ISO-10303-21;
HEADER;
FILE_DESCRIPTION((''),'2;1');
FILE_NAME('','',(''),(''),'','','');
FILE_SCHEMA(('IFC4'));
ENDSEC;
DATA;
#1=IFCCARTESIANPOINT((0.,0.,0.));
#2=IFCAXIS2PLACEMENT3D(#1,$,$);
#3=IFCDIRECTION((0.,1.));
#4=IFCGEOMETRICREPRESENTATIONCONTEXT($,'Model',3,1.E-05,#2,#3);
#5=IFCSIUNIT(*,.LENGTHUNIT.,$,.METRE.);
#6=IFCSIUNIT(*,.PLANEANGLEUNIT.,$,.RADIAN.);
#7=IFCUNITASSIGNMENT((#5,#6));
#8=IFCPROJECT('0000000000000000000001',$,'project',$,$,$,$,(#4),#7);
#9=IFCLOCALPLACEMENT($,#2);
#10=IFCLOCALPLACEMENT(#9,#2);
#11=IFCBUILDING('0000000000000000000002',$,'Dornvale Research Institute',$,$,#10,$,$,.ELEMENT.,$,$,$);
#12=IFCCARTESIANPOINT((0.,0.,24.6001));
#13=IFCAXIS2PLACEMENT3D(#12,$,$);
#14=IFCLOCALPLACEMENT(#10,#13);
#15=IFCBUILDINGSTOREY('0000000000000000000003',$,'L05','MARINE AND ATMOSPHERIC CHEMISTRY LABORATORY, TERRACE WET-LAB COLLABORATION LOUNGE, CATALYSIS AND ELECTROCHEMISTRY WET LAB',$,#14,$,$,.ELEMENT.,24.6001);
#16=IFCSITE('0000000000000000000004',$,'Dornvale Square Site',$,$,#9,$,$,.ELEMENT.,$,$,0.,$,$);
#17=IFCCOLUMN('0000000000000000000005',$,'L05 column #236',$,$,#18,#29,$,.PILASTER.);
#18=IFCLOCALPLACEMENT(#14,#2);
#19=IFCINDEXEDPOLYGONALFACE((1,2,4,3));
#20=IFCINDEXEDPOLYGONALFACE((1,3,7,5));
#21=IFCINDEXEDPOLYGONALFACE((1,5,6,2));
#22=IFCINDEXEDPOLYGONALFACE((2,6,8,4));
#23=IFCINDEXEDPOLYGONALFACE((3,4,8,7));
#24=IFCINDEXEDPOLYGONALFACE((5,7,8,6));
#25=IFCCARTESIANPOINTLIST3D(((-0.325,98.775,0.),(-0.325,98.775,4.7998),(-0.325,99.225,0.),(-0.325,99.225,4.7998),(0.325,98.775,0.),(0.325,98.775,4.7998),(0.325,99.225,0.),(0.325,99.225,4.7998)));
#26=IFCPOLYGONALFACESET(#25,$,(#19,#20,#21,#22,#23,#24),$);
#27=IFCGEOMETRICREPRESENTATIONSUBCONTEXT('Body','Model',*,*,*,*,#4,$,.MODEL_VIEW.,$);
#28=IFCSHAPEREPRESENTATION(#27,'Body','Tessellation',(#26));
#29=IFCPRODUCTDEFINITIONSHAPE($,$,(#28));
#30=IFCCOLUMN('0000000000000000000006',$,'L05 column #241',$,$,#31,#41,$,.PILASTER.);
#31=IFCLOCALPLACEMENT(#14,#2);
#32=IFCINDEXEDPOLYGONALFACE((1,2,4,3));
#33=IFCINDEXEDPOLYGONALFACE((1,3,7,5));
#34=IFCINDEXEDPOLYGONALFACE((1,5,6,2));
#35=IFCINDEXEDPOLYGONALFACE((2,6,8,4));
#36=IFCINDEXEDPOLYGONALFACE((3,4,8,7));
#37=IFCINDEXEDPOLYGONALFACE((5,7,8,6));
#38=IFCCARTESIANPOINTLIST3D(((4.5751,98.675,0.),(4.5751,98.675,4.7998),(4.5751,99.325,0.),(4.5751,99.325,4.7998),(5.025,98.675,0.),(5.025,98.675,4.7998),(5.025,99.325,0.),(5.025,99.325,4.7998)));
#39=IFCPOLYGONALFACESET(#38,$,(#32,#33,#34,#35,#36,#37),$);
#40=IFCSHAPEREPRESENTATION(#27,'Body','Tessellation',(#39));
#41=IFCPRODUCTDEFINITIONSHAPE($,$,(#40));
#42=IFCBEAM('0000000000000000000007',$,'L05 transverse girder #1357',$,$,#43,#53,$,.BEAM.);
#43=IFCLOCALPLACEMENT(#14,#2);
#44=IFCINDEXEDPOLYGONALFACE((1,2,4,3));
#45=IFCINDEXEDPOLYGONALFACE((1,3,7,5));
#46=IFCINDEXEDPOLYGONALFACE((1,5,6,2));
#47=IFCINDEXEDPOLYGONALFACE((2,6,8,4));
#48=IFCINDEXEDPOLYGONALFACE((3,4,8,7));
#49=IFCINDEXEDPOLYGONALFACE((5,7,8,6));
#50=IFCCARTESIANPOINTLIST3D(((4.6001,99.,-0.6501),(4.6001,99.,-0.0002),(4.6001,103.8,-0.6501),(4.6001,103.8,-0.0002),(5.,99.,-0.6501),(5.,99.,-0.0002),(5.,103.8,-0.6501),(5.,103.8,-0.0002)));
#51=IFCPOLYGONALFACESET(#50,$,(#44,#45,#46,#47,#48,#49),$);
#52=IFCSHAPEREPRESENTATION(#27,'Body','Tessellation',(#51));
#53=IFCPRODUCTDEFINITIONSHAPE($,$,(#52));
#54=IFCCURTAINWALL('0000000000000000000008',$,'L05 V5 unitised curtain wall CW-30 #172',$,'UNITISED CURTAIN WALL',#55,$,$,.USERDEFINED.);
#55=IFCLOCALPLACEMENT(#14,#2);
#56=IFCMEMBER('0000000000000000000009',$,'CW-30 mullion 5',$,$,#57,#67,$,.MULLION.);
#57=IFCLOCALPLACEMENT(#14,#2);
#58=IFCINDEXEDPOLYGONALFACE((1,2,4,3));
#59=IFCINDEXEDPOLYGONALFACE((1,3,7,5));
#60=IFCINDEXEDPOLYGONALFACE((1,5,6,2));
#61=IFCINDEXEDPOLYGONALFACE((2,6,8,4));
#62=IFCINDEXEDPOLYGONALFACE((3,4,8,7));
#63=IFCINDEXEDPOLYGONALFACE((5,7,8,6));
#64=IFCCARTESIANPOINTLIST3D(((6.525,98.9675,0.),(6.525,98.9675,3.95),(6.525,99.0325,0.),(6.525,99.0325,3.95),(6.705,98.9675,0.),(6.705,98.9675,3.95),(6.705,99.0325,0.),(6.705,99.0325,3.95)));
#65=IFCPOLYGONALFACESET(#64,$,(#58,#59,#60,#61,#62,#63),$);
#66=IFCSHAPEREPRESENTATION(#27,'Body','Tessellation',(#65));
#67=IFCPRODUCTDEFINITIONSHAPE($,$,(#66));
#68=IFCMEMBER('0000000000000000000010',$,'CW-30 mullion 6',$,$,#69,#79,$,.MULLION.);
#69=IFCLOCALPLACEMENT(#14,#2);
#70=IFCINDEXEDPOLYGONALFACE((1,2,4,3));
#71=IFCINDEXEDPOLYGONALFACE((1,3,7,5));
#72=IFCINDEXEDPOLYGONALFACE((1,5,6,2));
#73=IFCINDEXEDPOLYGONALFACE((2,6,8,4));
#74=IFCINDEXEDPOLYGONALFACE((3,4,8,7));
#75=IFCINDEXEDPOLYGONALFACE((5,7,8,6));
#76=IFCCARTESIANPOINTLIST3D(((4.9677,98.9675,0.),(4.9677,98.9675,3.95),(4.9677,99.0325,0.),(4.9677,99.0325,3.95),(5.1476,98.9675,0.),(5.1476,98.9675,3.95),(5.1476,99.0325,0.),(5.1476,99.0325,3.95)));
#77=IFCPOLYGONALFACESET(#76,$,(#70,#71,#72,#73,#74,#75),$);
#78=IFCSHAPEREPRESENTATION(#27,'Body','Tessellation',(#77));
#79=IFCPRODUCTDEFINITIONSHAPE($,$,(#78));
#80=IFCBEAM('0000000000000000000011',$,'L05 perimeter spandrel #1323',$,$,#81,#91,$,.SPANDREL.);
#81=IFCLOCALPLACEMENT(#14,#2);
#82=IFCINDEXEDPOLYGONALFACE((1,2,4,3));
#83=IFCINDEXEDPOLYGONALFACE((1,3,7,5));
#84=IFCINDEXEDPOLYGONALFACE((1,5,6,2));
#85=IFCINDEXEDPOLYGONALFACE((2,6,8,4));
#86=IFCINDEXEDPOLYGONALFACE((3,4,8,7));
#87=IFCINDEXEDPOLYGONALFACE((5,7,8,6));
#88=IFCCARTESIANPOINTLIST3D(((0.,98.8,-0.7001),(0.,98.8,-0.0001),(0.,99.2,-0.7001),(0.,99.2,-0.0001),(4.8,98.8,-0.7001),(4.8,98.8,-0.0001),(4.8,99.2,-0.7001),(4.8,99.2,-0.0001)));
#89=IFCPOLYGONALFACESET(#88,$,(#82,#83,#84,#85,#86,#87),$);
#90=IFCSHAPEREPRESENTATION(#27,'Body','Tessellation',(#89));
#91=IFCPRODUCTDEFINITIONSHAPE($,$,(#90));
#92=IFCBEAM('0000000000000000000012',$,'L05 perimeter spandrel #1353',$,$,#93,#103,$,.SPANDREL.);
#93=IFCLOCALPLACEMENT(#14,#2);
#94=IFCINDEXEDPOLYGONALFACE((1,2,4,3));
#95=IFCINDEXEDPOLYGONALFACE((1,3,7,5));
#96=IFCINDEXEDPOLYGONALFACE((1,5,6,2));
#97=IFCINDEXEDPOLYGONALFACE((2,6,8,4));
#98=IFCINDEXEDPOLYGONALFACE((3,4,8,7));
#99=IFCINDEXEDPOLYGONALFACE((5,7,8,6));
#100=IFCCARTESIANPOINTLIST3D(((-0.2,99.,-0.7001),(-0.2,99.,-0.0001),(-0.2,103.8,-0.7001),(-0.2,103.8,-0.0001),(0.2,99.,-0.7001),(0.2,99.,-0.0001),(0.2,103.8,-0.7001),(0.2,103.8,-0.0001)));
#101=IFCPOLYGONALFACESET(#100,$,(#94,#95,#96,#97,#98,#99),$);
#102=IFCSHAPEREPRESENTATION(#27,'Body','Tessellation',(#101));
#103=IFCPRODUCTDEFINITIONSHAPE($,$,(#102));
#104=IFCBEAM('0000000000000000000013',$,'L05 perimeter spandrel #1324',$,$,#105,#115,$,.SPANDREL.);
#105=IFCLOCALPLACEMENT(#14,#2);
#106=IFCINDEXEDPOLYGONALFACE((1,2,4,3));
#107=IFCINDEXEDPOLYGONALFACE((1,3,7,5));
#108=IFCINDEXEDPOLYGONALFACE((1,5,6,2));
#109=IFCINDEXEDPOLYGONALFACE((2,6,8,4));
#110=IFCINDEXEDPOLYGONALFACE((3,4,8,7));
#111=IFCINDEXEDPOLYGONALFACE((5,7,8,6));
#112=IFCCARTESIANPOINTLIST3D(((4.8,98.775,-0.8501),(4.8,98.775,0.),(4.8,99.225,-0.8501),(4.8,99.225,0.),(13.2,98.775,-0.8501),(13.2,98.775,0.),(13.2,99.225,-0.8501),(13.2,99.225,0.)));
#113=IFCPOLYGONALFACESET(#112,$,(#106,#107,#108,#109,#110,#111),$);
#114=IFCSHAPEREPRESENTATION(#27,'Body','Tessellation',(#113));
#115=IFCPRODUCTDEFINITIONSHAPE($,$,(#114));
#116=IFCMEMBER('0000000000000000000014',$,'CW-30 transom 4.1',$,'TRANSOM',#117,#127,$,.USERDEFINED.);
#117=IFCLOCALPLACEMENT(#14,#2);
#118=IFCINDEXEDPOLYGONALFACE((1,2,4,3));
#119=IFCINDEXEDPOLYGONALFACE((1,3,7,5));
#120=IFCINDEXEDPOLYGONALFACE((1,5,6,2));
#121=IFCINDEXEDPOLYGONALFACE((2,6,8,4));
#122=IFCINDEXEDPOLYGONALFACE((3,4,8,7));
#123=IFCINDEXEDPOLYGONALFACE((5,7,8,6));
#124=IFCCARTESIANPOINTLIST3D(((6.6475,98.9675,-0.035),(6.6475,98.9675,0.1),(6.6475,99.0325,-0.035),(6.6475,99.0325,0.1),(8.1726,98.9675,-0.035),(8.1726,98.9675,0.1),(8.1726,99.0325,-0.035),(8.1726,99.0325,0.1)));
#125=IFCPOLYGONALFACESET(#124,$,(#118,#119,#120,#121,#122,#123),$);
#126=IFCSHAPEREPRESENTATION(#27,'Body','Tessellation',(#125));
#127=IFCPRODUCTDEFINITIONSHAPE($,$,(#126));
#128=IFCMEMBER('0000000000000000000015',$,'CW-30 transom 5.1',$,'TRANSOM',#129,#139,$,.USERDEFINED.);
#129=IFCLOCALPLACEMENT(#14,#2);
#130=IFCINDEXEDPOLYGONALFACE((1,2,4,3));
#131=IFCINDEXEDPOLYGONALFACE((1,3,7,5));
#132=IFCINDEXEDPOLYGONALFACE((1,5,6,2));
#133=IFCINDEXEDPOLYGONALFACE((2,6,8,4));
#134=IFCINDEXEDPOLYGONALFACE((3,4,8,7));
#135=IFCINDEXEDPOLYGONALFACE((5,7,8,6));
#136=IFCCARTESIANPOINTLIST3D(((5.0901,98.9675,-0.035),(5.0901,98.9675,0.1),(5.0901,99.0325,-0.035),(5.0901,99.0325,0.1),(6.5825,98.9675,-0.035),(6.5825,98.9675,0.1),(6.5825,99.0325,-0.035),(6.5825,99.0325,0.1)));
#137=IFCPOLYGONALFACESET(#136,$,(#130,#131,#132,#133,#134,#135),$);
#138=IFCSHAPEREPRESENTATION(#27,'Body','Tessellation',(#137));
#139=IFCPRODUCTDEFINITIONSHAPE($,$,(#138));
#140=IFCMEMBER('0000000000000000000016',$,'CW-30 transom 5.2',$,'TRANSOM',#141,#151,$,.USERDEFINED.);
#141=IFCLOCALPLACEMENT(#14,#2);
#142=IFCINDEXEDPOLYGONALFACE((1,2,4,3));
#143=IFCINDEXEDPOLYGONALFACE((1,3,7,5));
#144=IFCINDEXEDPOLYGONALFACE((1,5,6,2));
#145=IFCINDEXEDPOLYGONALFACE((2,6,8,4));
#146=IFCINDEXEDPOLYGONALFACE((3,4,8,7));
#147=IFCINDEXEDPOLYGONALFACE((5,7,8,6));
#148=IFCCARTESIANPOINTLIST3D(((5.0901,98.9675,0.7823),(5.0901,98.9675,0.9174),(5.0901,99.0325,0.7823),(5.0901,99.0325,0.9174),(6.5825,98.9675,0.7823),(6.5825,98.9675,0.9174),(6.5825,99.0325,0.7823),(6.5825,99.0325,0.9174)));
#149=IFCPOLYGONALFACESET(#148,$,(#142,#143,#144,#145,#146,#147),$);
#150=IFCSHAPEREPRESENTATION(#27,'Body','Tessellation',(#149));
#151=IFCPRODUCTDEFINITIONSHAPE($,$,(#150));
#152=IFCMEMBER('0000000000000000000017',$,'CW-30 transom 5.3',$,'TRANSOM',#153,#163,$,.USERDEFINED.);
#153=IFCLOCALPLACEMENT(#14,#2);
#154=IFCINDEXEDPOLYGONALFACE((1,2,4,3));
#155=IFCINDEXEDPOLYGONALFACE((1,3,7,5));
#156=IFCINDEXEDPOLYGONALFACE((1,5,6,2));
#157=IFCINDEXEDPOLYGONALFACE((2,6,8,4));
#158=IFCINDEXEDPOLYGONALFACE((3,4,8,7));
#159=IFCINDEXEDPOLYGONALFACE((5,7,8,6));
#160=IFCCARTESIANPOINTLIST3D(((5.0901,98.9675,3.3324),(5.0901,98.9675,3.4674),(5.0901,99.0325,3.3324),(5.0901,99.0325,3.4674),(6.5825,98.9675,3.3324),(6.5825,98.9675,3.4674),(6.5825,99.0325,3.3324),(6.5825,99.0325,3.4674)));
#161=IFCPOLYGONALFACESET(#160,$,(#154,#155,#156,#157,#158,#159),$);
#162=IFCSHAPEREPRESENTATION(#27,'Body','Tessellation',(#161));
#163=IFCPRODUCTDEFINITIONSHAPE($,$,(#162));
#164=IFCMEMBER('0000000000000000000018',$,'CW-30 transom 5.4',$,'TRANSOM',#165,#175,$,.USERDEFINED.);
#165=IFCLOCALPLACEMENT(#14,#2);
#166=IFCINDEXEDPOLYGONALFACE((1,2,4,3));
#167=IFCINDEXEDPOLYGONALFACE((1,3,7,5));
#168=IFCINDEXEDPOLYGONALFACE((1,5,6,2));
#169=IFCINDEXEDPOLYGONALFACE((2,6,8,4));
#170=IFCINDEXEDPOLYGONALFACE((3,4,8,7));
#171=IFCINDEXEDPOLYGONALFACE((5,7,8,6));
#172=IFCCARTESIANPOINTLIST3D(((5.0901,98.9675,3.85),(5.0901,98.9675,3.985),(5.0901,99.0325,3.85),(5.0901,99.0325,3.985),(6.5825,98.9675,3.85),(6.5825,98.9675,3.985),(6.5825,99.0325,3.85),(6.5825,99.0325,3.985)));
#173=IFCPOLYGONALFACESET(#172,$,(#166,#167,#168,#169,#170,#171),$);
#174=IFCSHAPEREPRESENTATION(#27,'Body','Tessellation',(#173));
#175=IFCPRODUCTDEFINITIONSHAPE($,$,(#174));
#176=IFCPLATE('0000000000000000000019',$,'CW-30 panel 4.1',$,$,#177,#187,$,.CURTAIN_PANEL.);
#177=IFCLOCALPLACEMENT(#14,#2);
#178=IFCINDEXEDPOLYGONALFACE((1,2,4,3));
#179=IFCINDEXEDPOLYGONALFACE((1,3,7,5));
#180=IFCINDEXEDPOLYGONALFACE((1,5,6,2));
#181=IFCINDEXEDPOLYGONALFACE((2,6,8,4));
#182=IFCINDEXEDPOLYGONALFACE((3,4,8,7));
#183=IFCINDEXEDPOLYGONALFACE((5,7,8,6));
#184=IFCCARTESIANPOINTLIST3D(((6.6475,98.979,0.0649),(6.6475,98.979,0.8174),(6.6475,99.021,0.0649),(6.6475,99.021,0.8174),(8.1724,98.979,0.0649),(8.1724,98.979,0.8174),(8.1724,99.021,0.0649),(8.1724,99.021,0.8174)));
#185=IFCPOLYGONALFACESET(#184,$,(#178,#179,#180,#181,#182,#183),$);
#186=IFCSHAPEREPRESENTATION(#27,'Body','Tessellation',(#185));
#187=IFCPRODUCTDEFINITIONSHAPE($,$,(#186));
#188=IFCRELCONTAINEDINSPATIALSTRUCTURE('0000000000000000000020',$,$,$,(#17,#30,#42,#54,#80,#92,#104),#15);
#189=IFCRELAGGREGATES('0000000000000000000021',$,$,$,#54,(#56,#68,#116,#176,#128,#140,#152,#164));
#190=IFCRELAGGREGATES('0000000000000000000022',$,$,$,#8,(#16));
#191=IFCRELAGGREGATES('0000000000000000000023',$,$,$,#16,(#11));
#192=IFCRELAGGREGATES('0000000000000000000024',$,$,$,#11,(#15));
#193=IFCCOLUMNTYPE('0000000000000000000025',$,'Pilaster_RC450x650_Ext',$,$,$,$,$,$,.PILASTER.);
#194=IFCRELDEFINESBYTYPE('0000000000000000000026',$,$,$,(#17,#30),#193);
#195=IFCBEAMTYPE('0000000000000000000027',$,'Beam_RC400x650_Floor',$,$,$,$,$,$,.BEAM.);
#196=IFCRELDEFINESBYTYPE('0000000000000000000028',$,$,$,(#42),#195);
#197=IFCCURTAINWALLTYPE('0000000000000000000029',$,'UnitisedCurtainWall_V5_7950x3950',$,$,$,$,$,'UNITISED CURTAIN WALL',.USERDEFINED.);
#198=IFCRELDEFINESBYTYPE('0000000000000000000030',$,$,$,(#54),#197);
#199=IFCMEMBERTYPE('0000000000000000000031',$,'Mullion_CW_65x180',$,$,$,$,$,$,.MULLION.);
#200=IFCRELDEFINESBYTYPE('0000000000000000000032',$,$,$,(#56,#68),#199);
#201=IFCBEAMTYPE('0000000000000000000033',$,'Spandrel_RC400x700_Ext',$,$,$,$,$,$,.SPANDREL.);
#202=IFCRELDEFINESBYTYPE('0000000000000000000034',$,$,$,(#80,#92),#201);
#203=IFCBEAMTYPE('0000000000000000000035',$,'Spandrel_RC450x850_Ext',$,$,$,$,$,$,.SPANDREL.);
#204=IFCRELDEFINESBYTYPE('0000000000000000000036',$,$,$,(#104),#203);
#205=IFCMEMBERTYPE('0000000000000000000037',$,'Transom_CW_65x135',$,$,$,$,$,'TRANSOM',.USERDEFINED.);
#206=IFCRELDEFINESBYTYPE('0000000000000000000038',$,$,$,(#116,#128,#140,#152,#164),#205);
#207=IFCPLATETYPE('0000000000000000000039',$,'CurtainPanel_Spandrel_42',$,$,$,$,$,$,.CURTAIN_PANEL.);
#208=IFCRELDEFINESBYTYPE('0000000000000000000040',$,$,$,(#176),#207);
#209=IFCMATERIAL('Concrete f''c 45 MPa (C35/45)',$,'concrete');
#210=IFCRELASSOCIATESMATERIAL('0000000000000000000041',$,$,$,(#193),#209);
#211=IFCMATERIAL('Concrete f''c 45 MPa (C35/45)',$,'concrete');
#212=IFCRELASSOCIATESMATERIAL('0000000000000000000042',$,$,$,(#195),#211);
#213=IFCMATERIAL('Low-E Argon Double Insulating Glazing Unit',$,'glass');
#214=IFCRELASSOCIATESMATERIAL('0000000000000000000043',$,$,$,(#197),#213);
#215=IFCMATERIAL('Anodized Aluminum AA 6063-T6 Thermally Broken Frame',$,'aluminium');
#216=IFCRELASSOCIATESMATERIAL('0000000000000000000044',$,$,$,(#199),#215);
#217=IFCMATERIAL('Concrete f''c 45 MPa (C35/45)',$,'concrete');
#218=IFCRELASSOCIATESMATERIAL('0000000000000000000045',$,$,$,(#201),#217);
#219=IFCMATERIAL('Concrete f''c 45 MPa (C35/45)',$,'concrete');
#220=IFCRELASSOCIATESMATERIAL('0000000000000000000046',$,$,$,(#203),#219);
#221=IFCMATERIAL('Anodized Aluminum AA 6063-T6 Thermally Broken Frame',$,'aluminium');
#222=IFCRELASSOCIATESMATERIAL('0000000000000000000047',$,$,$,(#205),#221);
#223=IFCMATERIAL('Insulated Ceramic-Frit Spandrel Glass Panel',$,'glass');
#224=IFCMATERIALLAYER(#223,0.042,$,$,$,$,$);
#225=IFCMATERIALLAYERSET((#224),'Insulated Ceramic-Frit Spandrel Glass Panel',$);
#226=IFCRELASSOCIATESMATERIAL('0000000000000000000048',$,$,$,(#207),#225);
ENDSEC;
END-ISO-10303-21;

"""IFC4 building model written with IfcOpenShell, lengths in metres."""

from ifc_helpers import new_model, si_unit, direction, frame, origin, origin_2d, place, context, subcontext, project, spatial, rectangle, extrude, material, layer, layer_set, material_profile, profile_set, type_object, element, aggregate, save


model = new_model("IFC4")

# Units and contexts
model_context = context("Model", 3, precision=1e-05, world=origin(), true_north=direction((0.0, 1.0)))
body_context = subcontext(model_context, "Body", "Model", "MODEL_VIEW")
ifc_project = project(units=[si_unit("LENGTHUNIT", "METRE"), si_unit("PLANEANGLEUNIT", "RADIAN")], contexts=[model_context])

# Site, building, storey
site_placement = place(None, origin())
site = spatial("IfcSite", under=ifc_project, at=site_placement, Name="Dornvale Square Site", CompositionType="ELEMENT", RefElevation=0.0)
building_placement = place(site_placement, origin())
building = spatial("IfcBuilding", under=site, at=building_placement, Name="Dornvale Research Institute", CompositionType="ELEMENT")
storey_placement = place(building_placement, frame((0.0, 0.0, 24.6001)))
storey = spatial("IfcBuildingStorey", under=building, at=storey_placement, Name="L05", Description="MARINE AND ATMOSPHERIC CHEMISTRY LABORATORY, TERRACE WET-LAB COLLABORATION LOUNGE, CATALYSIS AND ELECTROCHEMISTRY WET LAB", CompositionType="ELEMENT", Elevation=24.6001)

# Columns
ifc_material_1 = material(Name="Concrete f'c 45 MPa (C35/45)", Category="concrete")
ifc_material_profile_1 = material_profile(ifc_material_1, rectangle(XDim=0.45, YDim=0.6499, at=origin_2d()), Name="RC 450x650")
ifc_profile_set_1 = profile_set([ifc_material_profile_1], Name="Concrete f'c 45 MPa (C35/45)")
column_type = type_object("IfcColumnType", Name="Pilaster_RC450x650_Ext", PredefinedType="PILASTER", material=ifc_profile_set_1)
for number, where, z_axis, x_axis, name in (
    (1, (0.0, 99.0, 0.0), (0.0, 0.0, 1.0), (0.0, 1.0, 0.0), "L05 column #236"),
    (2, (4.8, 99.0, 0.0), (0.0, 0.0, 1.0), (1.0, 0.0, 0.0), "L05 column #241"),
):
    element("IfcColumn", number, at=place(storey_placement, frame(where, z_axis=z_axis, x_axis=x_axis)), inside=storey, type_object=column_type, Name=name, PredefinedType="PILASTER", context=body_context, shape_type="SweptSolid", body=[
        extrude(rectangle(XDim=0.45, YDim=0.6499, at=origin_2d()), origin(), (0.0, 0.0, 1.0), 4.7998),
    ])

# Beam
ifc_material_2 = material(Name="Concrete f'c 45 MPa (C35/45)", Category="concrete")
ifc_material_profile_2 = material_profile(ifc_material_2, rectangle(XDim=0.3999, YDim=0.6499, at=origin_2d()), Name="RC 400x650")
ifc_profile_set_2 = profile_set([ifc_material_profile_2], Name="Concrete f'c 45 MPa (C35/45)")
beam_type_1 = type_object("IfcBeamType", Name="Beam_RC400x650_Floor", PredefinedType="BEAM", material=ifc_profile_set_2)
beam_1_placement = place(storey_placement, frame((4.8, 99.0, -0.3252), z_axis=(0.0, 1.0, 0.0), x_axis=(-1.0, 0.0, 0.0)))
element("IfcBeam", 3, at=beam_1_placement, inside=storey, type_object=beam_type_1, Name="L05 transverse girder #1357", PredefinedType="BEAM", context=body_context, shape_type="SweptSolid", body=[
    extrude(rectangle(XDim=0.3999, YDim=0.6499, at=origin_2d()), origin(), (0.0, 0.0, 1.0), 4.8),
])

# Curtain wall, members
ifc_material_3 = material(Name="Low-E Argon Double Insulating Glazing Unit", Category="glass")
curtain_wall_type = type_object("IfcCurtainWallType", Name="UnitisedCurtainWall_V5_7950x3950", ElementType="UNITISED CURTAIN WALL", PredefinedType="USERDEFINED", material=ifc_material_3)
curtain_wall_placement = place(storey_placement, origin())
curtain_wall = element("IfcCurtainWall", 4, at=curtain_wall_placement, inside=storey, type_object=curtain_wall_type, Name="L05 V5 unitised curtain wall CW-30 #172", ObjectType="UNITISED CURTAIN WALL", PredefinedType="USERDEFINED")
ifc_material_4 = material(Name="Anodized Aluminum AA 6063-T6 Thermally Broken Frame", Category="aluminium")
ifc_material_profile_3 = material_profile(ifc_material_4, rectangle(XDim=0.0649, YDim=0.1799, at=origin_2d()), Name="ALU MULLION 65x180")
ifc_profile_set_3 = profile_set([ifc_material_profile_3], Name="Anodized Aluminum AA 6063-T6 Thermally Broken Frame")
member_type_1 = type_object("IfcMemberType", Name="Mullion_CW_65x180", PredefinedType="MULLION", material=ifc_profile_set_3)
member_1_placement = place(storey_placement, frame((6.615, 99.0, 0.0), z_axis=(0.0, 0.0, 1.0), x_axis=(0.0, -1.0, 0.0)))
member_1 = element("IfcMember", 5, at=member_1_placement, type_object=member_type_1, Name="CW-30 mullion 5", PredefinedType="MULLION", context=body_context, shape_type="SweptSolid", body=[
    extrude(rectangle(XDim=0.0649, YDim=0.1799, at=origin_2d()), origin(), (0.0, 0.0, 1.0), 3.95),
])
member_2_placement = place(storey_placement, frame((5.0576, 99.0, 0.0), z_axis=(0.0, 0.0, 1.0), x_axis=(0.0, -1.0, 0.0)))
member_2 = element("IfcMember", 6, at=member_2_placement, type_object=member_type_1, Name="CW-30 mullion 6", PredefinedType="MULLION", context=body_context, shape_type="SweptSolid", body=[
    extrude(rectangle(XDim=0.0649, YDim=0.1799, at=origin_2d()), origin(), (0.0, 0.0, 1.0), 3.95),
])

# Beams
ifc_material_5 = material(Name="Concrete f'c 45 MPa (C35/45)", Category="concrete")
ifc_material_profile_4 = material_profile(ifc_material_5, rectangle(XDim=0.3999, YDim=0.7, at=origin_2d()), Name="RC 400x700")
ifc_profile_set_4 = profile_set([ifc_material_profile_4], Name="Concrete f'c 45 MPa (C35/45)")
beam_type_2 = type_object("IfcBeamType", Name="Spandrel_RC400x700_Ext", PredefinedType="SPANDREL", material=ifc_profile_set_4)
for number, where, z_axis, x_axis, name in (
    (7, (0.0, 99.0, -0.3501), (1.0, 0.0, 0.0), (0.0, 1.0, 0.0), "L05 perimeter spandrel #1323"),
    (8, (0.0, 99.0, -0.3501), (0.0, 1.0, 0.0), (-1.0, 0.0, 0.0), "L05 perimeter spandrel #1353"),
):
    element("IfcBeam", number, at=place(storey_placement, frame(where, z_axis=z_axis, x_axis=x_axis)), inside=storey, type_object=beam_type_2, Name=name, PredefinedType="SPANDREL", context=body_context, shape_type="SweptSolid", body=[
        extrude(rectangle(XDim=0.3999, YDim=0.7, at=origin_2d()), origin(), (0.0, 0.0, 1.0), 4.8),
    ])
ifc_material_6 = material(Name="Concrete f'c 45 MPa (C35/45)", Category="concrete")
ifc_material_profile_5 = material_profile(ifc_material_6, rectangle(XDim=0.45, YDim=0.8501, at=origin_2d()), Name="RC 450x850")
ifc_profile_set_5 = profile_set([ifc_material_profile_5], Name="Concrete f'c 45 MPa (C35/45)")
beam_type_3 = type_object("IfcBeamType", Name="Spandrel_RC450x850_Ext", PredefinedType="SPANDREL", material=ifc_profile_set_5)
beam_2_placement = place(storey_placement, frame((4.8, 99.0, -0.425), z_axis=(1.0, 0.0, 0.0), x_axis=(0.0, 1.0, 0.0)))
element("IfcBeam", 9, at=beam_2_placement, inside=storey, type_object=beam_type_3, Name="L05 perimeter spandrel #1324", PredefinedType="SPANDREL", context=body_context, shape_type="SweptSolid", body=[
    extrude(rectangle(XDim=0.45, YDim=0.8501, at=origin_2d()), origin(), (0.0, 0.0, 1.0), 8.3999),
])

# Members
ifc_material_7 = material(Name="Anodized Aluminum AA 6063-T6 Thermally Broken Frame", Category="aluminium")
ifc_material_profile_6 = material_profile(ifc_material_7, rectangle(XDim=0.0649, YDim=0.135, at=origin_2d()), Name="ALU TRANSOM 65x135")
ifc_profile_set_6 = profile_set([ifc_material_profile_6], Name="Anodized Aluminum AA 6063-T6 Thermally Broken Frame")
member_type_2 = type_object("IfcMemberType", Name="Transom_CW_65x135", ElementType="TRANSOM", PredefinedType="USERDEFINED", material=ifc_profile_set_6)
member_3_placement = place(storey_placement, frame((8.1726, 99.0, 0.0325), z_axis=(-1.0, 0.0, 0.0), x_axis=(0.0, -1.0, 0.0)))
member_3 = element("IfcMember", 10, at=member_3_placement, type_object=member_type_2, Name="CW-30 transom 4.1", ObjectType="TRANSOM", PredefinedType="USERDEFINED", context=body_context, shape_type="SweptSolid", body=[
    extrude(rectangle(XDim=0.0649, YDim=0.135, at=origin_2d()), origin(), (0.0, 0.0, 1.0), 1.5251),
])
member_4_placement = place(storey_placement, frame((6.5825, 99.0, 0.0325), z_axis=(-1.0, 0.0, 0.0), x_axis=(0.0, -1.0, 0.0)))
member_4 = element("IfcMember", 11, at=member_4_placement, type_object=member_type_2, Name="CW-30 transom 5.1", ObjectType="TRANSOM", PredefinedType="USERDEFINED", context=body_context, shape_type="SweptSolid", body=[
    extrude(rectangle(XDim=0.0649, YDim=0.135, at=origin_2d()), origin(), (0.0, 0.0, 1.0), 1.4924),
])
member_5_placement = place(storey_placement, frame((6.5825, 99.0, 0.8499), z_axis=(-1.0, 0.0, 0.0), x_axis=(0.0, -1.0, 0.0)))
member_5 = element("IfcMember", 12, at=member_5_placement, type_object=member_type_2, Name="CW-30 transom 5.2", ObjectType="TRANSOM", PredefinedType="USERDEFINED", context=body_context, shape_type="SweptSolid", body=[
    extrude(rectangle(XDim=0.0649, YDim=0.135, at=origin_2d()), origin(), (0.0, 0.0, 1.0), 1.4924),
])
member_6_placement = place(storey_placement, frame((6.5825, 99.0, 3.3999), z_axis=(-1.0, 0.0, 0.0), x_axis=(0.0, -1.0, 0.0)))
member_6 = element("IfcMember", 13, at=member_6_placement, type_object=member_type_2, Name="CW-30 transom 5.3", ObjectType="TRANSOM", PredefinedType="USERDEFINED", context=body_context, shape_type="SweptSolid", body=[
    extrude(rectangle(XDim=0.0649, YDim=0.135, at=origin_2d()), origin(), (0.0, 0.0, 1.0), 1.4924),
])
member_7_placement = place(storey_placement, frame((6.5825, 99.0, 3.9175), z_axis=(-1.0, 0.0, 0.0), x_axis=(0.0, -1.0, 0.0)))
member_7 = element("IfcMember", 14, at=member_7_placement, type_object=member_type_2, Name="CW-30 transom 5.4", ObjectType="TRANSOM", PredefinedType="USERDEFINED", context=body_context, shape_type="SweptSolid", body=[
    extrude(rectangle(XDim=0.0649, YDim=0.135, at=origin_2d()), origin(), (0.0, 0.0, 1.0), 1.4924),
])

# Plate
ifc_material_8 = material(Name="Insulated Ceramic-Frit Spandrel Glass Panel", Category="glass")
ifc_layer_1 = layer(ifc_material_8, 0.042)
ifc_layer_set_1 = layer_set([ifc_layer_1], Name="Insulated Ceramic-Frit Spandrel Glass Panel")
plate_type_1 = type_object("IfcPlateType", Name="CurtainPanel_Spandrel_42", PredefinedType="CURTAIN_PANEL", material=ifc_layer_set_1)
plate_1_placement = place(storey_placement, frame((7.4099, 99.0, 0.0649), z_axis=(0.0, 0.0, 1.0), x_axis=(-1.0, 0.0, 0.0)))
plate_1 = element("IfcPlate", 15, at=plate_1_placement, type_object=plate_type_1, Name="CW-30 panel 4.1", PredefinedType="CURTAIN_PANEL", context=body_context, shape_type="SweptSolid", body=[
    extrude(rectangle(XDim=1.5249, YDim=0.042, at=origin_2d()), origin(), (0.0, 0.0, 1.0), 0.7524),
])
aggregate(curtain_wall, [member_1, member_2, member_3, plate_1, member_4, member_5, member_6, member_7])

save(model, "model.ifc")
